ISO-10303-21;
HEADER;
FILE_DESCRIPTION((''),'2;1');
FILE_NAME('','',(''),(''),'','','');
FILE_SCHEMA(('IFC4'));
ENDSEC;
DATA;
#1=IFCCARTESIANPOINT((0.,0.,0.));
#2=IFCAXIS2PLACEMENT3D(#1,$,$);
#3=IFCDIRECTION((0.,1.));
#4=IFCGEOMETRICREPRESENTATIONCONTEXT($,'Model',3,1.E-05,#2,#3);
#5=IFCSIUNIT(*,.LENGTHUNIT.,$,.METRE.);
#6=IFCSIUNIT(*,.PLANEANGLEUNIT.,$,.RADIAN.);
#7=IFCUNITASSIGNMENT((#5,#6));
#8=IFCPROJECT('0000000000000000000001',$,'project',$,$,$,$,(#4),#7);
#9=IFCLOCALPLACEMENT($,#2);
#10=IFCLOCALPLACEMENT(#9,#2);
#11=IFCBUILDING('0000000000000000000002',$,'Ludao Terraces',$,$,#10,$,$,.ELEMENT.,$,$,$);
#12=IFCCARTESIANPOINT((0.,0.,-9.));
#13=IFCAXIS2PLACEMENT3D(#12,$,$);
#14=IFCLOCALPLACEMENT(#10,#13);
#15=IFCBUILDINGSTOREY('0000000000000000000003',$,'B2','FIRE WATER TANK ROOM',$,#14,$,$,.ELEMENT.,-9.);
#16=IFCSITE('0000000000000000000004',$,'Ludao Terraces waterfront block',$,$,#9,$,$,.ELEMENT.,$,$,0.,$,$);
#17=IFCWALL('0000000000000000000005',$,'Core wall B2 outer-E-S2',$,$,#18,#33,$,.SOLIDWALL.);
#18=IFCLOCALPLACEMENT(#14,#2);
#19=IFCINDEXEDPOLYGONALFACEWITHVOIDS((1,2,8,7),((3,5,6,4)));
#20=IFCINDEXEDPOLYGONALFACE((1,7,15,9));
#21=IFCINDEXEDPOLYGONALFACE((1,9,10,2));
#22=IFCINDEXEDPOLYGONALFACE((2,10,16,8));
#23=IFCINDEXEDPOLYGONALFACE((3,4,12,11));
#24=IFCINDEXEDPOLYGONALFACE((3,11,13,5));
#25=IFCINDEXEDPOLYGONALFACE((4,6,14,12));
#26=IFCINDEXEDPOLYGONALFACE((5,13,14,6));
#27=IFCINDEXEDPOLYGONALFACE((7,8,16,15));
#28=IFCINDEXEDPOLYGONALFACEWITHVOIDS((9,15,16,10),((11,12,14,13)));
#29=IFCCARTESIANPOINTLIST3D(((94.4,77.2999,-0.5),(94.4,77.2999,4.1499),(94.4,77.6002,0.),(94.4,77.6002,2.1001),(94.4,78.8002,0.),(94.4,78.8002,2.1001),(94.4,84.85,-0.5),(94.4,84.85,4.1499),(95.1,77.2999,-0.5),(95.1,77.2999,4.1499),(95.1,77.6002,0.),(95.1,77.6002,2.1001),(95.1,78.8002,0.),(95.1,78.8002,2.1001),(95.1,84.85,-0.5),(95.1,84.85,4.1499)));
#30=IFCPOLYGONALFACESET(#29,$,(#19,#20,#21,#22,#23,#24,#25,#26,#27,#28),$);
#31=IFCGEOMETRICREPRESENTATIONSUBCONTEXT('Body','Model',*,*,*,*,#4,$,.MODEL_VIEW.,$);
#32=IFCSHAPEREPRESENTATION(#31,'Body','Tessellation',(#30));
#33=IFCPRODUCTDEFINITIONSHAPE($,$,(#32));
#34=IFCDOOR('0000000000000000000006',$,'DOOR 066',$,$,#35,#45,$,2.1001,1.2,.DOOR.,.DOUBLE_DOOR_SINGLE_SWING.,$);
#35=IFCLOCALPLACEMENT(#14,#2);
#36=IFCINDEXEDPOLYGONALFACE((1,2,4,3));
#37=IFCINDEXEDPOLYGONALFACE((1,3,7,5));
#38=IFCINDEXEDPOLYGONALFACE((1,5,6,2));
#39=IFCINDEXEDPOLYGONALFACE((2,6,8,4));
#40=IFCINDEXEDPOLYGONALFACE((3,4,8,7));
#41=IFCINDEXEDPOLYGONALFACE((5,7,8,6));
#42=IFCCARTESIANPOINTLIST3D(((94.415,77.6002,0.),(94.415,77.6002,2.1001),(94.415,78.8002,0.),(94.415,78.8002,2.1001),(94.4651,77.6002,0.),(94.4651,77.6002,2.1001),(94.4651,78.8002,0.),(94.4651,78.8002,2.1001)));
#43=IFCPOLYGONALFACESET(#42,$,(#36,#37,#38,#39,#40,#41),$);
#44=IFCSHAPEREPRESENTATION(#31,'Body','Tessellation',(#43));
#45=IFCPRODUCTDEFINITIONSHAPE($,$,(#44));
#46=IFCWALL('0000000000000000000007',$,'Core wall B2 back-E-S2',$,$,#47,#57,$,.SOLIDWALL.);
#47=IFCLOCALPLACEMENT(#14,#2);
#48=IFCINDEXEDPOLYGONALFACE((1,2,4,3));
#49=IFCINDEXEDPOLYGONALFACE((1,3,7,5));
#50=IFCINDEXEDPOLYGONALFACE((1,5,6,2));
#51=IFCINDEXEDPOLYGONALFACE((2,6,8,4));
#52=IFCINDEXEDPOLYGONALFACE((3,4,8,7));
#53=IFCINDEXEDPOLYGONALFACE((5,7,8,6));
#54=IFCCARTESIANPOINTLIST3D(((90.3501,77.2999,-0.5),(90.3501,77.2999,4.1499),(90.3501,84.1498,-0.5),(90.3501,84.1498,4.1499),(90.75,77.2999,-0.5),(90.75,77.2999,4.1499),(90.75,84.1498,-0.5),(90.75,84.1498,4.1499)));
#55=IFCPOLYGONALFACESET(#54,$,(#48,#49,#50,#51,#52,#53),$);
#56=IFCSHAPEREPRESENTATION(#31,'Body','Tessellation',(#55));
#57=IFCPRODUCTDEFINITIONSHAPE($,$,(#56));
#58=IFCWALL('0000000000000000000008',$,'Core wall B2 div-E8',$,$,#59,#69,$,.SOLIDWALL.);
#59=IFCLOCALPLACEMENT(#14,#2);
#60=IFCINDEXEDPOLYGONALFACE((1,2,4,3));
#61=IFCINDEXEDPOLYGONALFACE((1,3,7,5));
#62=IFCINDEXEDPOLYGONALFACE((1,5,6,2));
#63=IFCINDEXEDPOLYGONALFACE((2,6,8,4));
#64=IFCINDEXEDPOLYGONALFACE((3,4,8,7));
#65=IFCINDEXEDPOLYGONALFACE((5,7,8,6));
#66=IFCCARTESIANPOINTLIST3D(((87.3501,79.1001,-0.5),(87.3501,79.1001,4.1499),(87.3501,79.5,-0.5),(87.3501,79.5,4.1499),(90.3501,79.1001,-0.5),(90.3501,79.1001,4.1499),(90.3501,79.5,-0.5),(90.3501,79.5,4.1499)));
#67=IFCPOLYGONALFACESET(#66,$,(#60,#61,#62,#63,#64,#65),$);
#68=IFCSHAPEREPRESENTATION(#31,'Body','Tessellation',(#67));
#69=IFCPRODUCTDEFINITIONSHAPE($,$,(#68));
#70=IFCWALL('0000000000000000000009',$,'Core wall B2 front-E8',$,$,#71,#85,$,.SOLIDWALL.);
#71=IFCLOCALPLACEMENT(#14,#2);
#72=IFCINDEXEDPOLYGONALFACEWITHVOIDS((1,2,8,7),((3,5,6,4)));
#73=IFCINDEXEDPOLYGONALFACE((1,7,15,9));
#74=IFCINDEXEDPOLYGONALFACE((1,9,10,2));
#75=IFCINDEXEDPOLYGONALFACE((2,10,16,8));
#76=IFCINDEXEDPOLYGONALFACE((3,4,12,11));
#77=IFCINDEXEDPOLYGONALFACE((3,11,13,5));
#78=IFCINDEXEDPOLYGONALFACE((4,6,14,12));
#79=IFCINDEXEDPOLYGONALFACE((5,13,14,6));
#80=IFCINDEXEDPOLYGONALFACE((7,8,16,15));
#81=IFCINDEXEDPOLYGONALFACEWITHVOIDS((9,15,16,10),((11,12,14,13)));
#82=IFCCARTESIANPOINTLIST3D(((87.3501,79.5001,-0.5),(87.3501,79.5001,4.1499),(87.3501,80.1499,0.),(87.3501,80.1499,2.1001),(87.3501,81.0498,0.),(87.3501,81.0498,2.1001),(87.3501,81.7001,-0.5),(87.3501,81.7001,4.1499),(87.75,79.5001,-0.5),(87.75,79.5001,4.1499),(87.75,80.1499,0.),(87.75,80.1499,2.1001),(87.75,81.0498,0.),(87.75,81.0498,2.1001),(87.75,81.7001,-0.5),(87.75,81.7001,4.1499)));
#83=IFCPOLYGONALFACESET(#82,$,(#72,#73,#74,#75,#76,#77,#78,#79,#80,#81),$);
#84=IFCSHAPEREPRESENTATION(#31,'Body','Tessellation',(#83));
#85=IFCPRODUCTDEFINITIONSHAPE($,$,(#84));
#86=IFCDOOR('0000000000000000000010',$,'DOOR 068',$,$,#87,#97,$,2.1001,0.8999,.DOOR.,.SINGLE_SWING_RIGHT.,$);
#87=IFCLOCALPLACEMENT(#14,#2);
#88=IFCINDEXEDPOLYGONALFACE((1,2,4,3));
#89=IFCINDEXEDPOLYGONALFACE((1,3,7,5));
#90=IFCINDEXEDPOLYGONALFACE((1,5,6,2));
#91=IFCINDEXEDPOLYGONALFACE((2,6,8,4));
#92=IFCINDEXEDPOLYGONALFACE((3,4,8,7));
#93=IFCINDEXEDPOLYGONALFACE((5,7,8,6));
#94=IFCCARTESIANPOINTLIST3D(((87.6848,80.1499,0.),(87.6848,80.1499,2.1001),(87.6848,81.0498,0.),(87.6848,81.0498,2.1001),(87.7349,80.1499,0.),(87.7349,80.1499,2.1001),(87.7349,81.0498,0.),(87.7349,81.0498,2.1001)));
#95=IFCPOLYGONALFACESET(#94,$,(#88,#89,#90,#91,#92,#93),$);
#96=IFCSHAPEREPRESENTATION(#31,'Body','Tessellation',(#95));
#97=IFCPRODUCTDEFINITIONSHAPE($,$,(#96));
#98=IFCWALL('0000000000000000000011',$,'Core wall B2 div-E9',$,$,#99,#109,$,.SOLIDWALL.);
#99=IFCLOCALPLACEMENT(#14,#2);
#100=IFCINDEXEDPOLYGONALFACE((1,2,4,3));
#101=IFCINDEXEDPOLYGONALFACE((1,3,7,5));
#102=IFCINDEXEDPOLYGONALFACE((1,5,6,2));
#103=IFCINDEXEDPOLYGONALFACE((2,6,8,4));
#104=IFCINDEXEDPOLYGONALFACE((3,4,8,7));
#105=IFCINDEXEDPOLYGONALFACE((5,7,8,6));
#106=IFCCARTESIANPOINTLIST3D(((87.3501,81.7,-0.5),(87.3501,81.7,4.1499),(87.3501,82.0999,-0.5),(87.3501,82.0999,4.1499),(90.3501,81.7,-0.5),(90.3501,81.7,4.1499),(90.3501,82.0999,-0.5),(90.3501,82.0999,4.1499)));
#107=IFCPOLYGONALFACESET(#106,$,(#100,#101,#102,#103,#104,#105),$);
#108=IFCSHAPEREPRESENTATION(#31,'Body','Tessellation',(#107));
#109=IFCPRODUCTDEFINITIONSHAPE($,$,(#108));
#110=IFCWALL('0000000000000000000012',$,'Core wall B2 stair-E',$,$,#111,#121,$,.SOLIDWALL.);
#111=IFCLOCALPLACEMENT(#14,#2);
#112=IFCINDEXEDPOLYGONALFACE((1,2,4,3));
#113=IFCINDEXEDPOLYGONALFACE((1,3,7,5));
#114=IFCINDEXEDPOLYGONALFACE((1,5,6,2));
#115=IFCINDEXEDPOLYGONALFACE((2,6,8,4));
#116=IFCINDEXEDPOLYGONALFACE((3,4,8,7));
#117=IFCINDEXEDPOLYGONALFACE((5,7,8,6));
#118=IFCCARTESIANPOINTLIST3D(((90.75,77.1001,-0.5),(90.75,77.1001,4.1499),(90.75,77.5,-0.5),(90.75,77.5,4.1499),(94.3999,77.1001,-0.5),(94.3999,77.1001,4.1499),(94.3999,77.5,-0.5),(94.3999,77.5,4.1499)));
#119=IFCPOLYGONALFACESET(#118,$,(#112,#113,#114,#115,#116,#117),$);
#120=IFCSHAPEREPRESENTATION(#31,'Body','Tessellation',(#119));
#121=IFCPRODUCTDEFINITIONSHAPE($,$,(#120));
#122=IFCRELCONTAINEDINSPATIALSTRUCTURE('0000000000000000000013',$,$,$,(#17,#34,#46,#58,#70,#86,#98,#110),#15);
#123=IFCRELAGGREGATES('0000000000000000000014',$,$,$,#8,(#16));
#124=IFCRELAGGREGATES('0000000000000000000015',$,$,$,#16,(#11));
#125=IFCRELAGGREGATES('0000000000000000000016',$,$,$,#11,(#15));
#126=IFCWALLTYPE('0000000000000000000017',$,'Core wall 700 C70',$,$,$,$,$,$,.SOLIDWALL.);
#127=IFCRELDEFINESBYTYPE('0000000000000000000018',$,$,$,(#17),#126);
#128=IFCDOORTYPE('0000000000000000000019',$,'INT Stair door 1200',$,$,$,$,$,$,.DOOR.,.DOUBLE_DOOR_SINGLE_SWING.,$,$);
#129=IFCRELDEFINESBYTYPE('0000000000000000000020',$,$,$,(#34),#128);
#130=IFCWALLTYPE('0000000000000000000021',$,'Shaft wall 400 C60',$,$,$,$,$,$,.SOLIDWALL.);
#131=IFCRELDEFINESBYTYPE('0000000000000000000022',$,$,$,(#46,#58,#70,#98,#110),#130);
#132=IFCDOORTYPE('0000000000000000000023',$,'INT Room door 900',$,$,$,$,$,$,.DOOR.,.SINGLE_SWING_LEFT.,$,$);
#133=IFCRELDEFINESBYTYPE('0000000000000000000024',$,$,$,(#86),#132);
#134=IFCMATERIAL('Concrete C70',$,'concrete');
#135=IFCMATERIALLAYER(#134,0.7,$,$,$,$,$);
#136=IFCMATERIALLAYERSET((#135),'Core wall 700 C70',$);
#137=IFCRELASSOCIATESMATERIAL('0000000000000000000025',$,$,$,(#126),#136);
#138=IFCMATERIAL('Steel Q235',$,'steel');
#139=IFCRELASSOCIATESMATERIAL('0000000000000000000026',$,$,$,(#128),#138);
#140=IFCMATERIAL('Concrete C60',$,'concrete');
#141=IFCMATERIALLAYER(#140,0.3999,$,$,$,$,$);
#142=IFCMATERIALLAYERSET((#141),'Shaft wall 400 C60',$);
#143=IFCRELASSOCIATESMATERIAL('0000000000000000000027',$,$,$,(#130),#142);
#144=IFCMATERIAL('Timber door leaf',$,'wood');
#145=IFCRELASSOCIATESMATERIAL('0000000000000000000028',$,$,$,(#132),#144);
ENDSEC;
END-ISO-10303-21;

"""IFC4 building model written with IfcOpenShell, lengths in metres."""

from ifc_helpers import new_model, si_unit, direction, frame, frame_2d, origin, place, context, subcontext, project, spatial, rectangle, extrude, material, layer, layer_set, type_object, element, fill, save


model = new_model("IFC4")

# Units and contexts
model_context = context("Model", 3, precision=1e-05, world=origin(), true_north=direction((0.0, 1.0)))
body_context = subcontext(model_context, "Body", "Model", "MODEL_VIEW")
ifc_project = project(units=[si_unit("LENGTHUNIT", "METRE"), si_unit("PLANEANGLEUNIT", "RADIAN")], contexts=[model_context])

# Site, building, storey
site_placement = place(None, origin())
site = spatial("IfcSite", under=ifc_project, at=site_placement, Name="Ludao Terraces waterfront block", CompositionType="ELEMENT", RefElevation=0.0)
building_placement = place(site_placement, origin())
building = spatial("IfcBuilding", under=site, at=building_placement, Name="Ludao Terraces", CompositionType="ELEMENT")
storey_placement = place(building_placement, frame((0.0, 0.0, -9.0)))
storey = spatial("IfcBuildingStorey", under=building, at=storey_placement, Name="B2", Description="FIRE WATER TANK ROOM", CompositionType="ELEMENT", Elevation=-9.0)

# Wall, opening, door
ifc_material_1 = material(Name="Concrete C70", Category="concrete")
ifc_layer_1 = layer(ifc_material_1, 0.7)
ifc_layer_set_1 = layer_set([ifc_layer_1], Name="Core wall 700 C70")
wall_type_1 = type_object("IfcWallType", Name="Core wall 700 C70", PredefinedType="SOLIDWALL", material=ifc_layer_set_1)
wall_1_placement = place(storey_placement, frame((94.75, 77.3, -0.5), z_axis=(0.0, 0.0, 1.0), x_axis=(0.0, 1.0, 0.0)))
wall_1 = element("IfcWall", 1, at=wall_1_placement, inside=storey, type_object=wall_type_1, Name="Core wall B2 outer-E-S2", PredefinedType="SOLIDWALL", context=body_context, shape_type="SweptSolid", body=[
    extrude(rectangle(XDim=7.55, YDim=0.7, at=frame_2d((3.7749, 0.0))), origin(), (0.0, 0.0, 1.0), 4.6499),
])
opening_1_placement = place(wall_1_placement, frame((0.3, 0.0, 0.5)))
opening_1 = element("IfcOpeningElement", 2, at=opening_1_placement, cuts=wall_1, PredefinedType="OPENING", context=body_context, shape_type="SweptSolid", body=[
    extrude(rectangle(XDim=1.2, YDim=2.1001, at=frame_2d((0.6001, 1.05))), frame((0.0, 0.3599, 0.0), z_axis=(0.0, -1.0, 0.0), x_axis=(1.0, 0.0, 0.0)), (0.0, 0.0, 1.0), 0.72),
])
ifc_material_2 = material(Name="Steel Q235", Category="steel")
door_type_1 = type_object("IfcDoorType", Name="INT Stair door 1200", OperationType="DOUBLE_DOOR_SINGLE_SWING", PredefinedType="DOOR", material=ifc_material_2)
door_1_placement = place(opening_1_placement, origin())
door_1 = element("IfcDoor", 3, at=door_1_placement, inside=storey, type_object=door_type_1, Name="DOOR 066", OperationType="DOUBLE_DOOR_SINGLE_SWING", OverallHeight=2.1001, OverallWidth=1.2, PredefinedType="DOOR", context=body_context, shape_type="SweptSolid", body=[
    extrude(rectangle(XDim=1.2, YDim=2.1001, at=frame_2d((0.6001, 1.05))), frame((0.0, 0.335, 0.0), z_axis=(0.0, -1.0, 0.0), x_axis=(1.0, 0.0, 0.0)), (0.0, 0.0, 1.0), 0.05),
])
fill(opening_1, door_1)

# Walls
ifc_material_3 = material(Name="Concrete C60", Category="concrete")
ifc_layer_2 = layer(ifc_material_3, 0.3999)
ifc_layer_set_2 = layer_set([ifc_layer_2], Name="Shaft wall 400 C60")
wall_type_2 = type_object("IfcWallType", Name="Shaft wall 400 C60", PredefinedType="SOLIDWALL", material=ifc_layer_set_2)
wall_2_placement = place(storey_placement, frame((90.55, 77.3, -0.5), z_axis=(0.0, 0.0, 1.0), x_axis=(0.0, 1.0, 0.0)))
element("IfcWall", 4, at=wall_2_placement, inside=storey, type_object=wall_type_2, Name="Core wall B2 back-E-S2", PredefinedType="SOLIDWALL", context=body_context, shape_type="SweptSolid", body=[
    extrude(rectangle(XDim=6.8499, YDim=0.3999, at=frame_2d((3.4248, 0.0))), origin(), (0.0, 0.0, 1.0), 4.6499),
])
wall_3_placement = place(storey_placement, frame((87.3501, 79.3, -0.5), z_axis=(0.0, 0.0, 1.0), x_axis=(1.0, 0.0, 0.0)))
element("IfcWall", 5, at=wall_3_placement, inside=storey, type_object=wall_type_2, Name="Core wall B2 div-E8", PredefinedType="SOLIDWALL", context=body_context, shape_type="SweptSolid", body=[
    extrude(rectangle(XDim=3.0, YDim=0.3999, at=frame_2d((1.5, 0.0))), origin(), (0.0, 0.0, 1.0), 4.6499),
])

# Wall, opening, door
wall_4_placement = place(storey_placement, frame((87.55, 79.5, -0.5), z_axis=(0.0, 0.0, 1.0), x_axis=(0.0, 1.0, 0.0)))
wall_4 = element("IfcWall", 6, at=wall_4_placement, inside=storey, type_object=wall_type_2, Name="Core wall B2 front-E8", PredefinedType="SOLIDWALL", context=body_context, shape_type="SweptSolid", body=[
    extrude(rectangle(XDim=2.2, YDim=0.3999, at=frame_2d((1.1001, 0.0))), origin(), (0.0, 0.0, 1.0), 4.6499),
])
opening_2_placement = place(wall_4_placement, frame((0.6499, 0.0, 0.5)))
opening_2 = element("IfcOpeningElement", 7, at=opening_2_placement, cuts=wall_4, PredefinedType="OPENING", context=body_context, shape_type="SweptSolid", body=[
    extrude(rectangle(XDim=0.8999, YDim=2.1001, at=frame_2d((0.45, 1.05))), frame((0.0, 0.21, 0.0), z_axis=(0.0, -1.0, 0.0), x_axis=(1.0, 0.0, 0.0)), (0.0, 0.0, 1.0), 0.4199),
])
ifc_material_4 = material(Name="Timber door leaf", Category="wood")
door_type_2 = type_object("IfcDoorType", Name="INT Room door 900", OperationType="SINGLE_SWING_LEFT", PredefinedType="DOOR", material=ifc_material_4)
door_2_placement = place(opening_2_placement, origin())
door_2 = element("IfcDoor", 8, at=door_2_placement, inside=storey, type_object=door_type_2, Name="DOOR 068", OperationType="SINGLE_SWING_RIGHT", OverallHeight=2.1001, OverallWidth=0.8999, PredefinedType="DOOR", context=body_context, shape_type="SweptSolid", body=[
    extrude(rectangle(XDim=0.8999, YDim=2.1001, at=frame_2d((0.45, 1.05))), frame((0.0, -0.1348, 0.0), z_axis=(0.0, -1.0, 0.0), x_axis=(1.0, 0.0, 0.0)), (0.0, 0.0, 1.0), 0.05),
])
fill(opening_2, door_2)

# Walls
wall_5_placement = place(storey_placement, frame((87.3501, 81.8999, -0.5), z_axis=(0.0, 0.0, 1.0), x_axis=(1.0, 0.0, 0.0)))
element("IfcWall", 9, at=wall_5_placement, inside=storey, type_object=wall_type_2, Name="Core wall B2 div-E9", PredefinedType="SOLIDWALL", context=body_context, shape_type="SweptSolid", body=[
    extrude(rectangle(XDim=3.0, YDim=0.3999, at=frame_2d((1.5, 0.0))), origin(), (0.0, 0.0, 1.0), 4.6499),
])
wall_6_placement = place(storey_placement, frame((90.75, 77.3, -0.5), z_axis=(0.0, 0.0, 1.0), x_axis=(1.0, 0.0, 0.0)))
element("IfcWall", 10, at=wall_6_placement, inside=storey, type_object=wall_type_2, Name="Core wall B2 stair-E", PredefinedType="SOLIDWALL", context=body_context, shape_type="SweptSolid", body=[
    extrude(rectangle(XDim=3.6499, YDim=0.3999, at=frame_2d((1.825, 0.0))), origin(), (0.0, 0.0, 1.0), 4.6499),
])

save(model, "model.ifc")
